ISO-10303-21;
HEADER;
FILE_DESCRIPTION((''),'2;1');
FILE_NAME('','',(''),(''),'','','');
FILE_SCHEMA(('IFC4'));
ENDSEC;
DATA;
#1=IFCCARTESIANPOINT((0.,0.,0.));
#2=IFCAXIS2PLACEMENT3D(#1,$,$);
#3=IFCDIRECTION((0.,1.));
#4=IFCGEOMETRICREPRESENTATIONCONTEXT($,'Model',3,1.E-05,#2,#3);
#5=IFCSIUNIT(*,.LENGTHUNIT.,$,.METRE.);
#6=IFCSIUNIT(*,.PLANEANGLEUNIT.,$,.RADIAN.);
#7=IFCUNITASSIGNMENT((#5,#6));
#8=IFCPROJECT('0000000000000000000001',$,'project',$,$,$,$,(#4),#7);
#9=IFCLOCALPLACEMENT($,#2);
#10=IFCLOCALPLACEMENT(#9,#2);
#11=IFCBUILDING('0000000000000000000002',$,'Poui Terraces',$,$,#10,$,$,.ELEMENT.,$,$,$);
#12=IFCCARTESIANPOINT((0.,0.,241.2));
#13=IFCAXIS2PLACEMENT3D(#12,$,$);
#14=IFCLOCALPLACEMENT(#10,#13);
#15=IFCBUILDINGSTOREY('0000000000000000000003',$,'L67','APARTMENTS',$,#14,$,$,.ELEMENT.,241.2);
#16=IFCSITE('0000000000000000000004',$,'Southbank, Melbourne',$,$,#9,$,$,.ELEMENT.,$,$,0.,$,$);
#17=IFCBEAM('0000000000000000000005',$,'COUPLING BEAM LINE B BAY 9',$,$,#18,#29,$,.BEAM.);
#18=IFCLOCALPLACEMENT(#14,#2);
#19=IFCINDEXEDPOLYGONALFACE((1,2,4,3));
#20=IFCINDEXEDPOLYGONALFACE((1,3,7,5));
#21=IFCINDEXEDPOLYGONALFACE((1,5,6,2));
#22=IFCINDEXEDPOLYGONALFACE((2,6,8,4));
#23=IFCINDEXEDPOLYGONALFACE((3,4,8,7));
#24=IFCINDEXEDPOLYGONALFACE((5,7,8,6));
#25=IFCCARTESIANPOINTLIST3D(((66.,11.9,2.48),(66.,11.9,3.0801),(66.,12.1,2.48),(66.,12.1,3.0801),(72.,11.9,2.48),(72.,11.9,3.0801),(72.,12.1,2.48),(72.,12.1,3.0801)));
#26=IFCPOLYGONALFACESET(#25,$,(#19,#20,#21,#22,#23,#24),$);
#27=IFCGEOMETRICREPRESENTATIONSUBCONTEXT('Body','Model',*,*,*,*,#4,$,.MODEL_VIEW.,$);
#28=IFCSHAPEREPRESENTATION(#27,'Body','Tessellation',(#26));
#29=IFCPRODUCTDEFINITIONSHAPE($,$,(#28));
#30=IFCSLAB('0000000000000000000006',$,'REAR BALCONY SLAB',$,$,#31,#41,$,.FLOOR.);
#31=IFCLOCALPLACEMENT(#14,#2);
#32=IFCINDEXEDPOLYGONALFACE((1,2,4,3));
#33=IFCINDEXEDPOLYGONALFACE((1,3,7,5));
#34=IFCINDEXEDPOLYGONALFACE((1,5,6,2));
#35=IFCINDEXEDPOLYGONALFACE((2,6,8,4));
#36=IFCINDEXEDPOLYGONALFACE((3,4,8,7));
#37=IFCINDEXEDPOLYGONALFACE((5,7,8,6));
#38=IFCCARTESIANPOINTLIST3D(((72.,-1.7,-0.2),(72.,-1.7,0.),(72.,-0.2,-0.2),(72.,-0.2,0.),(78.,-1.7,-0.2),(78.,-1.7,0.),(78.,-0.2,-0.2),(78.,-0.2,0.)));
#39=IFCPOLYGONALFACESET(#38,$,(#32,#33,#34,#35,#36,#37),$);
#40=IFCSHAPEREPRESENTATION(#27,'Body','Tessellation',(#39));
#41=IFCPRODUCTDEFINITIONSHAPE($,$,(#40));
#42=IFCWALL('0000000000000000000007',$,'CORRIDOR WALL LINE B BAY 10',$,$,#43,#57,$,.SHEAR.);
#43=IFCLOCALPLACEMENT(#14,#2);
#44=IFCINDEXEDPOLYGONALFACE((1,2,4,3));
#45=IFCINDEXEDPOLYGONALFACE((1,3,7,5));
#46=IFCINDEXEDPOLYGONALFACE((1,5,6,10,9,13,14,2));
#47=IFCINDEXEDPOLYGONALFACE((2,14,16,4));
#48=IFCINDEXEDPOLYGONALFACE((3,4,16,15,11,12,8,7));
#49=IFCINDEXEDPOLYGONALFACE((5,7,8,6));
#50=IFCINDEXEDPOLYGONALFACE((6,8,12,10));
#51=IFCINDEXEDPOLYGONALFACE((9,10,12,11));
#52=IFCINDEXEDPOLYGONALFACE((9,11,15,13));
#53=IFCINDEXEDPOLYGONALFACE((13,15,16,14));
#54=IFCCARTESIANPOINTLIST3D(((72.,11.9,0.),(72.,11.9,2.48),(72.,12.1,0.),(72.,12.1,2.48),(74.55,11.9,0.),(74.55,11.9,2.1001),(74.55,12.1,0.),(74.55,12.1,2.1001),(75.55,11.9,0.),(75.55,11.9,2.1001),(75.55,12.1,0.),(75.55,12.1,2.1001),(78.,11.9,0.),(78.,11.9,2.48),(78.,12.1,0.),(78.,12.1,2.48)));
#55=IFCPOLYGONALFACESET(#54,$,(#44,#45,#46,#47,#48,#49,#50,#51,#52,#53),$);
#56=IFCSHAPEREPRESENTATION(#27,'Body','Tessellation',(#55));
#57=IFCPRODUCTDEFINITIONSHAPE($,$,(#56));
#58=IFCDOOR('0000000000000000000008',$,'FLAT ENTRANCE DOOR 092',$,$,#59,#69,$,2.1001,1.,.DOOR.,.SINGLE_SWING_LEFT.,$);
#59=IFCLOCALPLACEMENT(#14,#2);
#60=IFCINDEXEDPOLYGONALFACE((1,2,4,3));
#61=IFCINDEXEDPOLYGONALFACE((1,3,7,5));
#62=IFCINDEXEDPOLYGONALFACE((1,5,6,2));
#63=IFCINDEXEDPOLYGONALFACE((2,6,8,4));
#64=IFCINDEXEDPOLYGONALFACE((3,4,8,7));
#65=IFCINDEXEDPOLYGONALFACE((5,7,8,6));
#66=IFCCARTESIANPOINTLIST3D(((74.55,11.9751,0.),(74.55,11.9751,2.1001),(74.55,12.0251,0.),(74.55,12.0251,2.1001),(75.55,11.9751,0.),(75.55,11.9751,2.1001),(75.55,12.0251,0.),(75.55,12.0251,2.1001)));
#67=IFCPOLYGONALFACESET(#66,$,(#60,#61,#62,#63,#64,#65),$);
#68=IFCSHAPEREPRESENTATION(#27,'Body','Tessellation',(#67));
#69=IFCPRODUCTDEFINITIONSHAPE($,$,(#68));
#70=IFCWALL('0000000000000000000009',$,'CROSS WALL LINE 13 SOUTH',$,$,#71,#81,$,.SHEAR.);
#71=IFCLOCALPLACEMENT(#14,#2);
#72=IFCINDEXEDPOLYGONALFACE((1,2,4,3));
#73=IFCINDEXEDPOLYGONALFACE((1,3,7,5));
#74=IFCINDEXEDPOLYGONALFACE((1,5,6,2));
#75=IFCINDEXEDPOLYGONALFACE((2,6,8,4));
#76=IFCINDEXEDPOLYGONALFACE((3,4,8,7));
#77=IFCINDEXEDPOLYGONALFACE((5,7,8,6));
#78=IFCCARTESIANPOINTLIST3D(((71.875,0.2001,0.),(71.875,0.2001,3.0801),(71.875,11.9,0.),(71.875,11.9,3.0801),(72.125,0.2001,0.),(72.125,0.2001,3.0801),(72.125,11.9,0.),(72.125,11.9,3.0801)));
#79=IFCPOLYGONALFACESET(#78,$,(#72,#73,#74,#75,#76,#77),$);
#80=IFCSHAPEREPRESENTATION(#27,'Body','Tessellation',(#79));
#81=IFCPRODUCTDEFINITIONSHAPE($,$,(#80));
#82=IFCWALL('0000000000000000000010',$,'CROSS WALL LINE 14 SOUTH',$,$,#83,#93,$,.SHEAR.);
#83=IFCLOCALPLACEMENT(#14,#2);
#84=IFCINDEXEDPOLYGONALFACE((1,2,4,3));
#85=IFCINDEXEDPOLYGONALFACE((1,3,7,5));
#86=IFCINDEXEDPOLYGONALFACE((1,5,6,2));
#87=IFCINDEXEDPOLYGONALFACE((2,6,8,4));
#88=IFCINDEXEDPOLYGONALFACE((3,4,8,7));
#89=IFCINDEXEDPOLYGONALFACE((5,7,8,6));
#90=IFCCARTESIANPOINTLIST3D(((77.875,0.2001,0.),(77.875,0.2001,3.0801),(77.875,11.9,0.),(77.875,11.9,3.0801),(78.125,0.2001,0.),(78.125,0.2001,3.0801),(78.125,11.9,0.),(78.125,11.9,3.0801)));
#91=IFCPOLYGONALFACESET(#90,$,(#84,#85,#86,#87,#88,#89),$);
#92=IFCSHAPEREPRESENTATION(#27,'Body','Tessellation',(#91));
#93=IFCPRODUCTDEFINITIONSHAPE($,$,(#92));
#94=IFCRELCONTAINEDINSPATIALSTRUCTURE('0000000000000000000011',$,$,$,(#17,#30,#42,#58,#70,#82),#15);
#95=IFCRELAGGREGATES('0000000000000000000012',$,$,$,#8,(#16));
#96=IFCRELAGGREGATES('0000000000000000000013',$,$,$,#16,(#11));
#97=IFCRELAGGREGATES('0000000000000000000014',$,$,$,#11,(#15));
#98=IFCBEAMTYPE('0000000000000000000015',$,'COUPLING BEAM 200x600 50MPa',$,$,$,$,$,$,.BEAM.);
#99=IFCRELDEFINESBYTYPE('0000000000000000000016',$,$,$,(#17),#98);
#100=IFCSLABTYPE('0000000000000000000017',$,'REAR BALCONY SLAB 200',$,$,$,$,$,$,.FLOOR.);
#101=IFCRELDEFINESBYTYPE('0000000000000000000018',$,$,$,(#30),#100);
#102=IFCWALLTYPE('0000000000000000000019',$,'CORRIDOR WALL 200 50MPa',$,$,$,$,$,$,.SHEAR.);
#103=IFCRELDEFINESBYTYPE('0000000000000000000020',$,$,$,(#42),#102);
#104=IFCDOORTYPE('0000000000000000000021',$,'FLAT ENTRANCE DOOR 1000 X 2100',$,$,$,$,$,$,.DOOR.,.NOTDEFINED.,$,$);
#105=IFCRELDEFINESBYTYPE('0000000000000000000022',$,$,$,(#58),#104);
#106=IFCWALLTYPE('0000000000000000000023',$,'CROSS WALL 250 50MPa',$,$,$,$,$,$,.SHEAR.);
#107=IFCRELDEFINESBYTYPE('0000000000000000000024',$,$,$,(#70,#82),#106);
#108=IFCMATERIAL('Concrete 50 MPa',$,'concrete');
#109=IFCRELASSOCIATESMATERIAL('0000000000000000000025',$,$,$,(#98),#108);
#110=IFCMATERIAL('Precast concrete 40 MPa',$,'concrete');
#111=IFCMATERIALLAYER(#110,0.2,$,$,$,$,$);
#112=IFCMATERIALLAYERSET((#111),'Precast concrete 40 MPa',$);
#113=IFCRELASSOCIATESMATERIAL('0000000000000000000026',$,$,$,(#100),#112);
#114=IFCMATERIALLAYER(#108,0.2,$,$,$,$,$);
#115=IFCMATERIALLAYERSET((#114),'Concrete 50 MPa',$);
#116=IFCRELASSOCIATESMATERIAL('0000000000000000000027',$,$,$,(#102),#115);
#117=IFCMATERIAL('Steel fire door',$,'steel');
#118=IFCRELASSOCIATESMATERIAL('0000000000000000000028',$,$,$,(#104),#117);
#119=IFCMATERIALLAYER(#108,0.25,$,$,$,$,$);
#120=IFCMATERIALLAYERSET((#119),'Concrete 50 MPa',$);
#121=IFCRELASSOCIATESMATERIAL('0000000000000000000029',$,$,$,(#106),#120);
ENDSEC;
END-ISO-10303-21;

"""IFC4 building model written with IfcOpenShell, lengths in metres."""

from ifc_helpers import new_model, si_unit, direction, frame, frame_2d, origin, origin_2d, place, context, subcontext, project, spatial, polyline, rectangle, outline, extrude, source, transform, mapped, material, layer, layer_set, material_profile, profile_set, type_object, element, fill, save


model = new_model("IFC4")

# Units and contexts
model_context = context("Model", 3, precision=1e-05, world=origin(), true_north=direction((0.0, 1.0)))
body_context = subcontext(model_context, "Body", "Model", "MODEL_VIEW")
ifc_project = project(units=[si_unit("LENGTHUNIT", "METRE"), si_unit("PLANEANGLEUNIT", "RADIAN")], contexts=[model_context])

# Site, building, storey
site_placement = place(None, origin())
site = spatial("IfcSite", under=ifc_project, at=site_placement, Name="Southbank, Melbourne", CompositionType="ELEMENT", RefElevation=0.0)
building_placement = place(site_placement, origin())
building = spatial("IfcBuilding", under=site, at=building_placement, Name="Poui Terraces", CompositionType="ELEMENT")
storey_placement = place(building_placement, frame((0.0, 0.0, 241.2)))
storey = spatial("IfcBuildingStorey", under=building, at=storey_placement, Name="L67", Description="APARTMENTS", CompositionType="ELEMENT", Elevation=241.2)

# Beam
ifc_material_1 = material(Name="Concrete 50 MPa", Category="concrete")
ifc_material_profile_1 = material_profile(ifc_material_1, rectangle(XDim=0.2, YDim=0.6001, at=origin_2d()), Name="RC 200x600")
ifc_profile_set_1 = profile_set([ifc_material_profile_1], Name="Concrete 50 MPa")
beam_type = type_object("IfcBeamType", Name="COUPLING BEAM 200x600 50MPa", PredefinedType="BEAM", material=ifc_profile_set_1)
shared_shape_1 = source(origin(), body_context, "Body", "SweptSolid", [
    extrude(rectangle(XDim=0.2, YDim=0.6001, at=origin_2d()), origin(), (0.0, 0.0, 1.0), 6.0),
])
beam_placement = place(storey_placement, frame((66.0, 12.0, 2.78), z_axis=(1.0, 0.0, 0.0), x_axis=(0.0, 1.0, 0.0)))
element("IfcBeam", 1, at=beam_placement, inside=storey, type_object=beam_type, Name="COUPLING BEAM LINE B BAY 9", PredefinedType="BEAM", context=body_context, shape_type="MappedRepresentation", body=[
    mapped(shared_shape_1, transform((0.0, 0.0, 0.0))),
])

# Slab
ifc_material_2 = material(Name="Precast concrete 40 MPa", Category="concrete")
ifc_layer_1 = layer(ifc_material_2, 0.2)
ifc_layer_set_1 = layer_set([ifc_layer_1], Name="Precast concrete 40 MPa")
slab_type = type_object("IfcSlabType", Name="REAR BALCONY SLAB 200", PredefinedType="FLOOR", material=ifc_layer_set_1)
shared_shape_2 = source(origin(), body_context, "Body", "SweptSolid", [
    extrude(outline(polyline([(0.0, 0.0), (6.0, 0.0), (6.0, 1.5), (0.0, 1.5), (0.0, 0.0)])), origin(), (0.0, 0.0, 1.0), 0.2),
])
slab_placement = place(storey_placement, frame((72.0, -1.7, -0.2)))
element("IfcSlab", 2, at=slab_placement, inside=storey, type_object=slab_type, Name="REAR BALCONY SLAB", PredefinedType="FLOOR", context=body_context, shape_type="MappedRepresentation", body=[
    mapped(shared_shape_2, transform((0.0, 0.0, 0.0))),
])

# Wall, opening, door
ifc_layer_2 = layer(ifc_material_1, 0.2)
ifc_layer_set_2 = layer_set([ifc_layer_2], Name="Concrete 50 MPa")
wall_type_1 = type_object("IfcWallType", Name="CORRIDOR WALL 200 50MPa", PredefinedType="SHEAR", material=ifc_layer_set_2)
wall_1_placement = place(storey_placement, frame((72.0, 12.0, 0.0), z_axis=(0.0, 0.0, 1.0), x_axis=(1.0, 0.0, 0.0)))
wall_1 = element("IfcWall", 3, at=wall_1_placement, inside=storey, type_object=wall_type_1, Name="CORRIDOR WALL LINE B BAY 10", PredefinedType="SHEAR", context=body_context, shape_type="SweptSolid", body=[
    extrude(rectangle(XDim=6.0, YDim=0.2, at=frame_2d((3.0, 0.0))), origin(), (0.0, 0.0, 1.0), 2.48),
])
opening_1_placement = place(wall_1_placement, frame((2.55, 0.0, 0.0)))
opening_1 = element("IfcOpeningElement", 4, at=opening_1_placement, cuts=wall_1, PredefinedType="OPENING", context=body_context, shape_type="SweptSolid", body=[
    extrude(rectangle(XDim=1.0, YDim=2.1001, at=frame_2d((0.5, 1.05))), frame((0.0, 0.1099, 0.0), z_axis=(0.0, -1.0, 0.0), x_axis=(1.0, 0.0, 0.0)), (0.0, 0.0, 1.0), 0.22),
])
ifc_material_3 = material(Name="Steel fire door", Category="steel")
door_type_1 = type_object("IfcDoorType", Name="FLAT ENTRANCE DOOR 1000 X 2100", OperationType="NOTDEFINED", PredefinedType="DOOR", material=ifc_material_3)
door_1_placement = place(opening_1_placement, frame((1.0, 0.0, 0.0), z_axis=(0.0, 0.0, 1.0), x_axis=(-1.0, 0.0, 0.0)))
door_1 = element("IfcDoor", 5, at=door_1_placement, inside=storey, type_object=door_type_1, Name="FLAT ENTRANCE DOOR 092", OperationType="SINGLE_SWING_LEFT", OverallHeight=2.1001, OverallWidth=1.0, PredefinedType="DOOR", context=body_context, shape_type="SweptSolid", body=[
    extrude(rectangle(XDim=1.0, YDim=2.1001, at=frame_2d((0.5, 1.05))), frame((0.0, 0.0249, 0.0), z_axis=(0.0, -1.0, 0.0), x_axis=(1.0, 0.0, 0.0)), (0.0, 0.0, 1.0), 0.05),
])
fill(opening_1, door_1)

# Walls
ifc_layer_3 = layer(ifc_material_1, 0.25)
ifc_layer_set_3 = layer_set([ifc_layer_3], Name="Concrete 50 MPa")
wall_type_2 = type_object("IfcWallType", Name="CROSS WALL 250 50MPa", PredefinedType="SHEAR", material=ifc_layer_set_3)
for number, where, z_axis, x_axis, name in (
    (6, (72.0, 0.2, 0.0), (0.0, 0.0, 1.0), (0.0, 1.0, 0.0), "CROSS WALL LINE 13 SOUTH"),
    (7, (78.0, 0.2, 0.0), (0.0, 0.0, 1.0), (0.0, 1.0, 0.0), "CROSS WALL LINE 14 SOUTH"),
):
    element("IfcWall", number, at=place(storey_placement, frame(where, z_axis=z_axis, x_axis=x_axis)), inside=storey, type_object=wall_type_2, Name=name, PredefinedType="SHEAR", context=body_context, shape_type="SweptSolid", body=[
        extrude(rectangle(XDim=11.7, YDim=0.25, at=frame_2d((5.8501, 0.0))), origin(), (0.0, 0.0, 1.0), 3.0801),
    ])

save(model, "model.ifc")
